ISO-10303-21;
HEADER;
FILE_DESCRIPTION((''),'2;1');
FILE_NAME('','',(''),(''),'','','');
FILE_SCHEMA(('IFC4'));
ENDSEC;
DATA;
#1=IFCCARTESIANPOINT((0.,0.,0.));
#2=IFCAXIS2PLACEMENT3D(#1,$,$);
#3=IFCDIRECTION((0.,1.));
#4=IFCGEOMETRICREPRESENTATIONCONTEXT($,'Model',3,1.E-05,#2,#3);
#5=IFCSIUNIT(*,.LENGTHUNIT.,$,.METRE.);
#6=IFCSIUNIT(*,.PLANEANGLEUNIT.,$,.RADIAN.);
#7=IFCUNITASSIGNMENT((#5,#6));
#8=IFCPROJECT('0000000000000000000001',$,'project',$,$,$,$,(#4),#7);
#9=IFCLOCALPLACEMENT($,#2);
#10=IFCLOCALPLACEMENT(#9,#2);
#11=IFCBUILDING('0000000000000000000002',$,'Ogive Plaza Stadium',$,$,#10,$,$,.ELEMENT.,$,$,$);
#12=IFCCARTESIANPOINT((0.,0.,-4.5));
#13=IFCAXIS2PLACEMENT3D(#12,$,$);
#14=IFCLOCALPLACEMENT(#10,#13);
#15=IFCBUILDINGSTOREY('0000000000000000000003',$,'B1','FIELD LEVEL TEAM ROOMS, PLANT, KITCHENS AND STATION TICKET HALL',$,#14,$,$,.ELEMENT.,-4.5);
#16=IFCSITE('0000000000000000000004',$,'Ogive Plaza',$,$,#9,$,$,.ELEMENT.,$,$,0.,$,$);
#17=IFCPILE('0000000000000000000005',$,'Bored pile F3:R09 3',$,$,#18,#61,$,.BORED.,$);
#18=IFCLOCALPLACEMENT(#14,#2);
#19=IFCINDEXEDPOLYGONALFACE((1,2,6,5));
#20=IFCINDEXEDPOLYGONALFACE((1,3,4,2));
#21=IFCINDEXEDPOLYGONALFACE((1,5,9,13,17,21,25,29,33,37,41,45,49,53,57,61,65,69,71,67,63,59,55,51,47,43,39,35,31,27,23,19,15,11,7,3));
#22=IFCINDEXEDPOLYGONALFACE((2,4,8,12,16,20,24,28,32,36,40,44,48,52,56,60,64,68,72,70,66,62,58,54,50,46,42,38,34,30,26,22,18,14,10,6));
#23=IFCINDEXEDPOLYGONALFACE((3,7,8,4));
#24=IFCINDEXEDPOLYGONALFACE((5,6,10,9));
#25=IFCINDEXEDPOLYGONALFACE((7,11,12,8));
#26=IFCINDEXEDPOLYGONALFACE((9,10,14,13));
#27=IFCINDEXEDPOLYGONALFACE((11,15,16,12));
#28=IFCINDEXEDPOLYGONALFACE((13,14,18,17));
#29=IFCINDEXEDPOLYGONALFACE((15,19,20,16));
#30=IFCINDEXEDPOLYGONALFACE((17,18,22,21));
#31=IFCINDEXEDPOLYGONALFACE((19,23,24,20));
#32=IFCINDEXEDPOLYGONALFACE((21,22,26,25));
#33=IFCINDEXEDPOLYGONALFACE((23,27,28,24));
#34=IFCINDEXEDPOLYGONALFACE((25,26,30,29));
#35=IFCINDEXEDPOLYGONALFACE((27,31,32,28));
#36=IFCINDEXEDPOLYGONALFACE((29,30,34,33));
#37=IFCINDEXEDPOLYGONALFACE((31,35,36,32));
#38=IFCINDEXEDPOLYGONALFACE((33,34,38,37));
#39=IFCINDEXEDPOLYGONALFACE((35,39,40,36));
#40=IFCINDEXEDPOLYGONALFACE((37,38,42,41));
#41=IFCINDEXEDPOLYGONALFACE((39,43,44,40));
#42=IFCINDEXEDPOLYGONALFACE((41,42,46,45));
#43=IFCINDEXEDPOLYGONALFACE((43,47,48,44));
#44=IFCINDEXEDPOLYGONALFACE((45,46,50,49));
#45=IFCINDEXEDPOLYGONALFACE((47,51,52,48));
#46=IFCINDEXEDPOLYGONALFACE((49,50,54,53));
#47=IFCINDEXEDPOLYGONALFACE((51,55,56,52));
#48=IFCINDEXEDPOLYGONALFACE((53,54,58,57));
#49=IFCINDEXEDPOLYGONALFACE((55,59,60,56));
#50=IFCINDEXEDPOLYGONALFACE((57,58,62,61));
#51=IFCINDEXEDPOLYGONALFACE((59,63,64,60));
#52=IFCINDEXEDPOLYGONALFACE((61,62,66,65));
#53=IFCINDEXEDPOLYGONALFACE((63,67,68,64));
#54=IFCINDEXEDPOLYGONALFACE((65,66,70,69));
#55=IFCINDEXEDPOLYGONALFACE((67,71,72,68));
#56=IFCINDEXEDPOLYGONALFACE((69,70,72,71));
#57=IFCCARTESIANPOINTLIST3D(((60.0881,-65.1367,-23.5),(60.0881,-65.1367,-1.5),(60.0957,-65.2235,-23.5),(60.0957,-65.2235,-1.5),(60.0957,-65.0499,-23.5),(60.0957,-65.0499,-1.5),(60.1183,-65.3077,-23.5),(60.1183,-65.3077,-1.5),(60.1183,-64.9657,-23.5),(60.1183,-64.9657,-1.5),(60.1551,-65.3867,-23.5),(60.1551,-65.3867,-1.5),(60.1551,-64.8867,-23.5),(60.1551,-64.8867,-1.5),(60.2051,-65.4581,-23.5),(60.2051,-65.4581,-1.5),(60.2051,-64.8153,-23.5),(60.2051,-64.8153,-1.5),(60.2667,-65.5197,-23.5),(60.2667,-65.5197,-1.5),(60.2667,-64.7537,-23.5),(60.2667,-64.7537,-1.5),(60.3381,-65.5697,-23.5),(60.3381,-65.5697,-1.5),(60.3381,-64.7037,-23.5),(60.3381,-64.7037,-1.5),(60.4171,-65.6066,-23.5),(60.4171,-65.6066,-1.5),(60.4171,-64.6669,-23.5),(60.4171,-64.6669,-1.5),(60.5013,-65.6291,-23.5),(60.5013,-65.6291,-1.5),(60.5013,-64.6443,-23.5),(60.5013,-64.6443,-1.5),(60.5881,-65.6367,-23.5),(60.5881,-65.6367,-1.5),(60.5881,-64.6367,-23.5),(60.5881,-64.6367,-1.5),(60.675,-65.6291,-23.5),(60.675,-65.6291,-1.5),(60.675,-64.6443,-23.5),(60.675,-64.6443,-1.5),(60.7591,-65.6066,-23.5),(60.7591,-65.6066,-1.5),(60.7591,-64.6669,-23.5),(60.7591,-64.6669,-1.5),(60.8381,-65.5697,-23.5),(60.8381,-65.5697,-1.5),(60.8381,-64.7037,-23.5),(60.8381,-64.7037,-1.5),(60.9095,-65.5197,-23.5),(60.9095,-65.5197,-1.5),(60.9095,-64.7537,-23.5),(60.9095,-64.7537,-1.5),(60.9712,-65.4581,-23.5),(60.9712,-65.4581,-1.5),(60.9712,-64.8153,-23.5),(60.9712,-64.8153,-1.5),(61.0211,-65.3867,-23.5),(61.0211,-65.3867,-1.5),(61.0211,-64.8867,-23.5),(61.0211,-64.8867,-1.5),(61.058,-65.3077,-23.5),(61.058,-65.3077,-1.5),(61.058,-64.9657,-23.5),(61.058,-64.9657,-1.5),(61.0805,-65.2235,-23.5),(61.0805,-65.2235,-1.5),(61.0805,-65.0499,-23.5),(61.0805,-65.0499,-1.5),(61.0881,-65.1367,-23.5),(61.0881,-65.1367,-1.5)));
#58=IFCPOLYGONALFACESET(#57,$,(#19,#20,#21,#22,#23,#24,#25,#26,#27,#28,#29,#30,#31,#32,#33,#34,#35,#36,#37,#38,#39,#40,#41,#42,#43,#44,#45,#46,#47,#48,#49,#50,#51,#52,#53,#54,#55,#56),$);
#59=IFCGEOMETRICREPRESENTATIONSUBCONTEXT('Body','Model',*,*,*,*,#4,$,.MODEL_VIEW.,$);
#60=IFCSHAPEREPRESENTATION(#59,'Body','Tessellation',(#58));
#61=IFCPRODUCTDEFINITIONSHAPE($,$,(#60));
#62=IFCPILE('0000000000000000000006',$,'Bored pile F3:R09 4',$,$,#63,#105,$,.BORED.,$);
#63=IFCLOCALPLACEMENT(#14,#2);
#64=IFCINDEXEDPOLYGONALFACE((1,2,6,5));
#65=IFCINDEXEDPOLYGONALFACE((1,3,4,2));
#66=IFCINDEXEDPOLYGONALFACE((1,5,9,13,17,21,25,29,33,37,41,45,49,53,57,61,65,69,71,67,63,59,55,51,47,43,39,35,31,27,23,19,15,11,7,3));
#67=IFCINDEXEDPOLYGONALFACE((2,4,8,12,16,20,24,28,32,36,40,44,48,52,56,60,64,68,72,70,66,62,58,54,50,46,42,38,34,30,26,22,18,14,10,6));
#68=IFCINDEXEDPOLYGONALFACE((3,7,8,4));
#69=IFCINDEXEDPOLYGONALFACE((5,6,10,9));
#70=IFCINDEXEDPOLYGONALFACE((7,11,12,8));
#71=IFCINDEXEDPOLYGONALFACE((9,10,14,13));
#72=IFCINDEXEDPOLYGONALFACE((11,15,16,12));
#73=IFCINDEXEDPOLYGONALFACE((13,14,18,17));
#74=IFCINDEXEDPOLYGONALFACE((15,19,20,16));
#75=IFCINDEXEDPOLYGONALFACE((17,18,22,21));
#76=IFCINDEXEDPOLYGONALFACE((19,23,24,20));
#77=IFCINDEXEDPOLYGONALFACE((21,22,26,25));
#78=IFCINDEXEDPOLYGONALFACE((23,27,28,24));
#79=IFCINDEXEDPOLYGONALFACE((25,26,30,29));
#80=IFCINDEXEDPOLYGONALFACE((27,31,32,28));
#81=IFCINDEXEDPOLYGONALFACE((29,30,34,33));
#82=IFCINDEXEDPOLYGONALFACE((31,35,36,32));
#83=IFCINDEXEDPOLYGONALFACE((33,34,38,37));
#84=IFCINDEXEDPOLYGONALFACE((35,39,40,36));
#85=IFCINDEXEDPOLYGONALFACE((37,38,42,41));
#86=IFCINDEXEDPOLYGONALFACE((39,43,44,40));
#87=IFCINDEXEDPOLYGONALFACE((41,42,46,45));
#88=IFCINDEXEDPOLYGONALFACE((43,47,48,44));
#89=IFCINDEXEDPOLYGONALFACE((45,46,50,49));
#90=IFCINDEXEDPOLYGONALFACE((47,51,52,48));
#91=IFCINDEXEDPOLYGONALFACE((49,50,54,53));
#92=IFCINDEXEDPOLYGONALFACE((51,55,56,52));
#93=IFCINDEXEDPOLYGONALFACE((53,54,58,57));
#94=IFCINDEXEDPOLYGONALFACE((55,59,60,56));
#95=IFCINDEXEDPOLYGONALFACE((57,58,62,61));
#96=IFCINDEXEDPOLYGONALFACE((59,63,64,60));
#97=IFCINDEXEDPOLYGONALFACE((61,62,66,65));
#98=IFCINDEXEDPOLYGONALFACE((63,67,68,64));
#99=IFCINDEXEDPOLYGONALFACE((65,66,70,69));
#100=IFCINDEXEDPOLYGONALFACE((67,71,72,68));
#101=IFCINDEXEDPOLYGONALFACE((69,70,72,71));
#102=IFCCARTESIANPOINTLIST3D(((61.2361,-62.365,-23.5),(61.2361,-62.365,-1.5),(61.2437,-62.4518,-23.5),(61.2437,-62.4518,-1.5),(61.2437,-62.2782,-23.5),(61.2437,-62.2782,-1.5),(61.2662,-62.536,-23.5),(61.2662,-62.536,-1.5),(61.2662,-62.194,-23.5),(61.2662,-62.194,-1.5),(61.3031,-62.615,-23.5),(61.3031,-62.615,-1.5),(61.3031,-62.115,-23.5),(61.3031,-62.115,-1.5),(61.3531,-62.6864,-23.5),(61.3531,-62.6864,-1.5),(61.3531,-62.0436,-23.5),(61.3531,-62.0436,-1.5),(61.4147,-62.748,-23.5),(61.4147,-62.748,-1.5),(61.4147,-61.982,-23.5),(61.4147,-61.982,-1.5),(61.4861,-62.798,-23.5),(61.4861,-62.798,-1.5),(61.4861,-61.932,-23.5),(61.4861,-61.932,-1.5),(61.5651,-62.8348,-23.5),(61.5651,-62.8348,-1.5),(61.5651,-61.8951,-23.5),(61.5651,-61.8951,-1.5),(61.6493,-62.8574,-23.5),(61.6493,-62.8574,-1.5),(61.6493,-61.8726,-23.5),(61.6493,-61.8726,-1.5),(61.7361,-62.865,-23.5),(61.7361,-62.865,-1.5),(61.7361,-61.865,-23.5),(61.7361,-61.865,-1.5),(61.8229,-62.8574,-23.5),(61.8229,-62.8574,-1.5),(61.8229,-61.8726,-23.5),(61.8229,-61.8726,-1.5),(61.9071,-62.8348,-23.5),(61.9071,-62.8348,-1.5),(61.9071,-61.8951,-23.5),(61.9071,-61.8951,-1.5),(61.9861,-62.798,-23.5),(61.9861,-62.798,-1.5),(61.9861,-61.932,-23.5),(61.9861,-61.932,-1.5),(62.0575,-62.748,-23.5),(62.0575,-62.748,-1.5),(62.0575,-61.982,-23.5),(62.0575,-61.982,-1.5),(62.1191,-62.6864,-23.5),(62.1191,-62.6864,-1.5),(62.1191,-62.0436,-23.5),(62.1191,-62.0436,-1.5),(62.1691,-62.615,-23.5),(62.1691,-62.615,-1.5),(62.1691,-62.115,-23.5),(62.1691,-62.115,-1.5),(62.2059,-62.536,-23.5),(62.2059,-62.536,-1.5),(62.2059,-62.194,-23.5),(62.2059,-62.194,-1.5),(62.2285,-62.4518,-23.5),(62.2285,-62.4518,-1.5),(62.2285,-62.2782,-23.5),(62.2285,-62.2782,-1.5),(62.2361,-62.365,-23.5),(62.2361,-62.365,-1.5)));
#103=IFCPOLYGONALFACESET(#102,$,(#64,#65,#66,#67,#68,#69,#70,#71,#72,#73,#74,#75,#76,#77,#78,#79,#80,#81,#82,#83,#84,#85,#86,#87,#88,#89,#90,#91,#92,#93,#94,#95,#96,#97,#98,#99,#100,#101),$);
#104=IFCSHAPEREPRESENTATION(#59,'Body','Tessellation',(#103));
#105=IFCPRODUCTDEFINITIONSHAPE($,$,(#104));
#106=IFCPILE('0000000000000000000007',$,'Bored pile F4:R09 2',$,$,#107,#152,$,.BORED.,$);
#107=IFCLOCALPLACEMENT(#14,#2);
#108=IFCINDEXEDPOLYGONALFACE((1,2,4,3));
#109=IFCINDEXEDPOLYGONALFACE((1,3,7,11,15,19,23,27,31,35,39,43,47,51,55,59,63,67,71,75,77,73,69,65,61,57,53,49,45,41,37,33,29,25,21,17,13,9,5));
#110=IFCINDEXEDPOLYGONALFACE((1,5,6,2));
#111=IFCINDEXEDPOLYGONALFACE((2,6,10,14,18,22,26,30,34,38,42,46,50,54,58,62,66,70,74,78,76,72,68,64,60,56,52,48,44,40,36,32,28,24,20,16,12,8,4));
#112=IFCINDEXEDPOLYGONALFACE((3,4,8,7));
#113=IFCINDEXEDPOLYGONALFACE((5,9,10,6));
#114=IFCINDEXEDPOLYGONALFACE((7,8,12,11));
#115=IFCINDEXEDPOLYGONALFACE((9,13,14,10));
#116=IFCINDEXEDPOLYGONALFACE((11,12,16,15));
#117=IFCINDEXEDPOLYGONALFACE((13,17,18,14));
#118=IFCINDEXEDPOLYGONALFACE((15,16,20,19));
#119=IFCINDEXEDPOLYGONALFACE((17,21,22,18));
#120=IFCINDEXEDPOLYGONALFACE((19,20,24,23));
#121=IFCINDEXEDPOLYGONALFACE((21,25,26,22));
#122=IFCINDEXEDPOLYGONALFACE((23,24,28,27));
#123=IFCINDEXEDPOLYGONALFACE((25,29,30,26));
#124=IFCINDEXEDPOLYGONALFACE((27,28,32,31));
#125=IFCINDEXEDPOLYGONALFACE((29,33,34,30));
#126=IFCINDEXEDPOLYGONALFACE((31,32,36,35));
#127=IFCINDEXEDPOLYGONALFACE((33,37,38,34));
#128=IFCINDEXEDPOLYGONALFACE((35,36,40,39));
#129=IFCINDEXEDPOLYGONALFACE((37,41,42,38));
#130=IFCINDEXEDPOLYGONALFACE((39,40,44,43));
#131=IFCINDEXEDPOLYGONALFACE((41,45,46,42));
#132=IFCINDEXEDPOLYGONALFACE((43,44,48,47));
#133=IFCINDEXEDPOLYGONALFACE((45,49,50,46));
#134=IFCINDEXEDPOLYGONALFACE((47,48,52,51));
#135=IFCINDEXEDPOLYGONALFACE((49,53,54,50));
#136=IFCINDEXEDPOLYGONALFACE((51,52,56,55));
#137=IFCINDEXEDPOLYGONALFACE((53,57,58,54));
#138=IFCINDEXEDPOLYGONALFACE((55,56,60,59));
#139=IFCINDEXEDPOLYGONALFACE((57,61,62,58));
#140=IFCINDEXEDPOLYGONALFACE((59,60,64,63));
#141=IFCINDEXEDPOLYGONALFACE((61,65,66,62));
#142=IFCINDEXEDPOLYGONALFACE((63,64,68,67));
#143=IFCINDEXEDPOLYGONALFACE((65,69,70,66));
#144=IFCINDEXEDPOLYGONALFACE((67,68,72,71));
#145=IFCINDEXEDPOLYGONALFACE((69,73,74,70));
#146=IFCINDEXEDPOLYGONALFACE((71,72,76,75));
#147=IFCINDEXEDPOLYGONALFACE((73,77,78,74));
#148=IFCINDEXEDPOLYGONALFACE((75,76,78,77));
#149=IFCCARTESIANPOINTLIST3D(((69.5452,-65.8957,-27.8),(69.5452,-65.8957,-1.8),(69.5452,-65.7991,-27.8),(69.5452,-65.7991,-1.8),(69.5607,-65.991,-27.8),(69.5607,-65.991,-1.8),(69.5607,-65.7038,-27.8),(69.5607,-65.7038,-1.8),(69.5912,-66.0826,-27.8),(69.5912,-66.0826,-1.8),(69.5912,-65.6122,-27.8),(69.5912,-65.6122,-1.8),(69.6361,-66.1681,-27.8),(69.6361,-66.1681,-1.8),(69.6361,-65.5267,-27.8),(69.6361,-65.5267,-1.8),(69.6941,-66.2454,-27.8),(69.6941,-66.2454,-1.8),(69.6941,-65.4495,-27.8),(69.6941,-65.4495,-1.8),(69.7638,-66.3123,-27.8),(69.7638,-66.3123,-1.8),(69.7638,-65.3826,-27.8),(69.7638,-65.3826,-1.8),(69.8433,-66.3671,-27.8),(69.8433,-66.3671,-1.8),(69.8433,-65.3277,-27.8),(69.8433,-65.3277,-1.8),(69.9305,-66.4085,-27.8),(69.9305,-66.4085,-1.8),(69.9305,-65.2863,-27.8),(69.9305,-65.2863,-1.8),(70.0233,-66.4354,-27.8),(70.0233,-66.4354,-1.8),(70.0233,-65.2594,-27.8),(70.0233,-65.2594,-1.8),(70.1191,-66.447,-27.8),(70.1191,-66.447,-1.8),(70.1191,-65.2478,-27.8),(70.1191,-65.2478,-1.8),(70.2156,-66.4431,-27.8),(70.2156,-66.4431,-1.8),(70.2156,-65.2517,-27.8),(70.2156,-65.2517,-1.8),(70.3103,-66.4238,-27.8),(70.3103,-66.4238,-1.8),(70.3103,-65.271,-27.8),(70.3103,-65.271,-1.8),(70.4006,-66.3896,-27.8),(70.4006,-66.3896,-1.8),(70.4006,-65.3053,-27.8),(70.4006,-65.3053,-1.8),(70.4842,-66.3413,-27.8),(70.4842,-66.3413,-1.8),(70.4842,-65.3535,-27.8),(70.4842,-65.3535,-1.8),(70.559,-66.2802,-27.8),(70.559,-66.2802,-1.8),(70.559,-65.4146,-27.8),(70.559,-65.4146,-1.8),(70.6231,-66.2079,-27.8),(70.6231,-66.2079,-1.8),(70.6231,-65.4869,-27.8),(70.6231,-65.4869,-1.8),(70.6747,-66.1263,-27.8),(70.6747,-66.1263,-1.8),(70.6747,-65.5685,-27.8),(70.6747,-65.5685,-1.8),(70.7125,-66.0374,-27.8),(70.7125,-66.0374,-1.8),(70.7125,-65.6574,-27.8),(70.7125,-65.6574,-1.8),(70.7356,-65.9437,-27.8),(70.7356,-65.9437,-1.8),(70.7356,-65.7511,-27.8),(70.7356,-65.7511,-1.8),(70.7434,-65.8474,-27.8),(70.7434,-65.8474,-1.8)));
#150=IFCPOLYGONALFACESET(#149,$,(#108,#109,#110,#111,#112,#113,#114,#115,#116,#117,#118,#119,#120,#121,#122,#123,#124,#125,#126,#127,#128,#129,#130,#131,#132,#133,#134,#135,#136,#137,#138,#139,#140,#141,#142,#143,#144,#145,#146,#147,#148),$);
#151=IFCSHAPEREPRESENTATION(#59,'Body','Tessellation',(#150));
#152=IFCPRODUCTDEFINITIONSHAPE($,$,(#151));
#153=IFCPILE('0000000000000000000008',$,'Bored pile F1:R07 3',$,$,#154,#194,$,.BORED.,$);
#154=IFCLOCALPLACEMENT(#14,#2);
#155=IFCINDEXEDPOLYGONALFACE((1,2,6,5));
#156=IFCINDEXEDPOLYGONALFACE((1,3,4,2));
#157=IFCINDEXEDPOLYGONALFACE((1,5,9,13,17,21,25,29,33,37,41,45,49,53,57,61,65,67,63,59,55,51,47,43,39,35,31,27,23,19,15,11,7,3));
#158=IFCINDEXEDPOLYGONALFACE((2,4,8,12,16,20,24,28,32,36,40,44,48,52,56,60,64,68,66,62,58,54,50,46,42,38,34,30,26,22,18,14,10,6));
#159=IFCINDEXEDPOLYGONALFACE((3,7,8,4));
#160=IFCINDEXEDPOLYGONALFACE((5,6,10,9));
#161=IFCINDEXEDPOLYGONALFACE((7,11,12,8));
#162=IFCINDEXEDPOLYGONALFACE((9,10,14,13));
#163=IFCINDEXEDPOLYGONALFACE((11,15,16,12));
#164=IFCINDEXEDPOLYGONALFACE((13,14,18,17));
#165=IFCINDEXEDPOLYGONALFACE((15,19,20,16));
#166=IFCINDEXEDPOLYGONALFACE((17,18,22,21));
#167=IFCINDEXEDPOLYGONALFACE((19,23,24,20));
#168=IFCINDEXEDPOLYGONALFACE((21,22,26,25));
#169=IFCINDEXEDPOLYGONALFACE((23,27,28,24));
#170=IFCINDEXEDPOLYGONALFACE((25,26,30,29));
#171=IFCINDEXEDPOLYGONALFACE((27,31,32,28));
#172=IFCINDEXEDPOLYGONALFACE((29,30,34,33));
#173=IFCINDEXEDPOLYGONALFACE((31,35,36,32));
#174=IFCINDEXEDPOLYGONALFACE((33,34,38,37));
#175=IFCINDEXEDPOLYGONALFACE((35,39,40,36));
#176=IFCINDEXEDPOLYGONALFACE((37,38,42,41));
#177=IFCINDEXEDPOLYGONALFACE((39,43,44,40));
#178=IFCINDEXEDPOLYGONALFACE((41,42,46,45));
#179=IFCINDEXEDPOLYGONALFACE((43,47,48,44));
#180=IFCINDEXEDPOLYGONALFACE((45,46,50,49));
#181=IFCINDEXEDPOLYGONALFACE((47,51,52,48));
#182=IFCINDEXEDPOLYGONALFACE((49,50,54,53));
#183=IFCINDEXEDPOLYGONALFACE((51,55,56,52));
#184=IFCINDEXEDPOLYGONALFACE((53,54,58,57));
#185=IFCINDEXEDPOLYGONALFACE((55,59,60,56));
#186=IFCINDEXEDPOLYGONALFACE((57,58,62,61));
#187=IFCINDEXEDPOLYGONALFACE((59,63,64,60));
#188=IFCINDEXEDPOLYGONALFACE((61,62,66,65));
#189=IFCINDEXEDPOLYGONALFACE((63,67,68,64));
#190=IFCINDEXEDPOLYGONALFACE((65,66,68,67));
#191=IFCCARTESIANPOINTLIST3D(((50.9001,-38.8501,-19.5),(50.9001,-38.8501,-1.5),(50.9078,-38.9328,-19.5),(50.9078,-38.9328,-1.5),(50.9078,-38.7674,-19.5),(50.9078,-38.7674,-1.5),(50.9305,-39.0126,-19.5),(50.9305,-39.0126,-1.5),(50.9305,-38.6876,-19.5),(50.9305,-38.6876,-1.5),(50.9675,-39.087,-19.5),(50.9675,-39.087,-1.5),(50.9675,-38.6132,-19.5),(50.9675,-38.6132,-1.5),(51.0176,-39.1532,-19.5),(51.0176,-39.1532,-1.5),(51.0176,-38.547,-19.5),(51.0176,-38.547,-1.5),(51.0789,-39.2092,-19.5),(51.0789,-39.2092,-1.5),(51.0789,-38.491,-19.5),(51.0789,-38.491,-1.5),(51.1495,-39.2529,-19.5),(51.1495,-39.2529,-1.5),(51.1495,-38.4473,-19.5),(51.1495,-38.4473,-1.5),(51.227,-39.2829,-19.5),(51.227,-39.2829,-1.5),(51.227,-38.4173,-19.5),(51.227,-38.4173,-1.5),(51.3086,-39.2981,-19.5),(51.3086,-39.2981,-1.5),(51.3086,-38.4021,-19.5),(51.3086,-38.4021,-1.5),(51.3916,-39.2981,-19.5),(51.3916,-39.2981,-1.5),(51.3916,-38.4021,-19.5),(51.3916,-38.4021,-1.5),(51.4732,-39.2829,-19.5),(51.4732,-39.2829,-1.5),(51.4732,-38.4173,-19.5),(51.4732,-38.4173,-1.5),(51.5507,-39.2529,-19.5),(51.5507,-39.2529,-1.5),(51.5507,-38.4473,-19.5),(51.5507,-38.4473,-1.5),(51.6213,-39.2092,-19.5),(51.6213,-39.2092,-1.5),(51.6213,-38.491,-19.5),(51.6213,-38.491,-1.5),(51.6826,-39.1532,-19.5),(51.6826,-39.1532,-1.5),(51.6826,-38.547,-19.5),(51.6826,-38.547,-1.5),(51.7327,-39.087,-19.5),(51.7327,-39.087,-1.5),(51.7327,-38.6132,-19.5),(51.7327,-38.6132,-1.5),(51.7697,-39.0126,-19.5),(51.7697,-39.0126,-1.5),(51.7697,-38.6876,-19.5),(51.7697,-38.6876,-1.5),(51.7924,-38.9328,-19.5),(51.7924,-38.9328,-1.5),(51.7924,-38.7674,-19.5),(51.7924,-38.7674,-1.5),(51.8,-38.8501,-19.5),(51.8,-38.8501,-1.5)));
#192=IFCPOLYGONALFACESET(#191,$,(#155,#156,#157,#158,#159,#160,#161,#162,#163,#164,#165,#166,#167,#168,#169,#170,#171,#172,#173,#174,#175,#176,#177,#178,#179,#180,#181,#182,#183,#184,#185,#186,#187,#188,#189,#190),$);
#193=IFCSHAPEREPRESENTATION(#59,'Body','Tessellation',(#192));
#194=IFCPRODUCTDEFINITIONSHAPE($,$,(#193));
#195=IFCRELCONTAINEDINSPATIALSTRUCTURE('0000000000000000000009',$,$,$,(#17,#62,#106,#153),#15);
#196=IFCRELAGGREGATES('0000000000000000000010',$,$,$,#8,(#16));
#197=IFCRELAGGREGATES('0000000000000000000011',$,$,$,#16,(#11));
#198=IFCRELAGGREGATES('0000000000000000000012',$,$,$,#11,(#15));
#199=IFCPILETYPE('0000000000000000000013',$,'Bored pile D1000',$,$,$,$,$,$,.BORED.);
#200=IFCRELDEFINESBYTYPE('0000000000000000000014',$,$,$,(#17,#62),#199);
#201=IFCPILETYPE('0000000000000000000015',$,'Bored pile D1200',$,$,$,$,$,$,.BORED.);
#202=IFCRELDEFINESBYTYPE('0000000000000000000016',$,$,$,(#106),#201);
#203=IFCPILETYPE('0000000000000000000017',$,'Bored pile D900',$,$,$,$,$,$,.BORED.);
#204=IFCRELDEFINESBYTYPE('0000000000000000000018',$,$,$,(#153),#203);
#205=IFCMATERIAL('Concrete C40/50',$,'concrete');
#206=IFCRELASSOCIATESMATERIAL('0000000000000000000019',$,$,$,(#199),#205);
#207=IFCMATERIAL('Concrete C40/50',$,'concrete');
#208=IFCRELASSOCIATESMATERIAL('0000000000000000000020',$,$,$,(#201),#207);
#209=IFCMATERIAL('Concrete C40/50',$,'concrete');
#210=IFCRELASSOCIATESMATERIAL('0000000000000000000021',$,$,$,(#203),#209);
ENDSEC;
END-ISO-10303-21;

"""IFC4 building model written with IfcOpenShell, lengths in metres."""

from ifc_helpers import new_model, si_unit, direction, frame, origin, origin_2d, place, context, subcontext, project, spatial, circle, extrude, material, material_profile, profile_set, type_object, element, save


model = new_model("IFC4")

# Units and contexts
model_context = context("Model", 3, precision=1e-05, world=origin(), true_north=direction((0.0, 1.0)))
body_context = subcontext(model_context, "Body", "Model", "MODEL_VIEW")
ifc_project = project(units=[si_unit("LENGTHUNIT", "METRE"), si_unit("PLANEANGLEUNIT", "RADIAN")], contexts=[model_context])

# Site, building, storey
site_placement = place(None, origin())
site = spatial("IfcSite", under=ifc_project, at=site_placement, Name="Ogive Plaza", CompositionType="ELEMENT", RefElevation=0.0)
building_placement = place(site_placement, origin())
building = spatial("IfcBuilding", under=site, at=building_placement, Name="Ogive Plaza Stadium", CompositionType="ELEMENT")
storey_placement = place(building_placement, frame((0.0, 0.0, -4.5)))
storey = spatial("IfcBuildingStorey", under=building, at=storey_placement, Name="B1", Description="FIELD LEVEL TEAM ROOMS, PLANT, KITCHENS AND STATION TICKET HALL", CompositionType="ELEMENT", Elevation=-4.5)

# Piles
ifc_material_1 = material(Name="Concrete C40/50", Category="concrete")
ifc_material_profile_1 = material_profile(ifc_material_1, circle(Radius=0.5, at=origin_2d()), Name="RC D1000")
ifc_profile_set_1 = profile_set([ifc_material_profile_1], Name="Concrete C40/50")
pile_type_1 = type_object("IfcPileType", Name="Bored pile D1000", PredefinedType="BORED", material=ifc_profile_set_1)
for number, where, z_axis, x_axis, name in (
    (1, (60.5881, -65.1367, -1.5), (0.0, 0.0, -1.0), (1.0, 0.0, 0.0), "Bored pile F3:R09 3"),
    (2, (61.7361, -62.365, -1.5), (0.0, 0.0, -1.0), (1.0, 0.0, 0.0), "Bored pile F3:R09 4"),
):
    element("IfcPile", number, at=place(storey_placement, frame(where, z_axis=z_axis, x_axis=x_axis)), inside=storey, type_object=pile_type_1, Name=name, PredefinedType="BORED", context=body_context, shape_type="SweptSolid", body=[
        extrude(circle(Radius=0.5, at=origin_2d()), origin(), (0.0, 0.0, 1.0), 22.0),
    ])
ifc_material_2 = material(Name="Concrete C40/50", Category="concrete")
ifc_material_profile_2 = material_profile(ifc_material_2, circle(Radius=0.6001, at=origin_2d()), Name="RC D1200")
ifc_profile_set_2 = profile_set([ifc_material_profile_2], Name="Concrete C40/50")
pile_type_2 = type_object("IfcPileType", Name="Bored pile D1200", PredefinedType="BORED", material=ifc_profile_set_2)
pile_placement = place(storey_placement, frame((70.1433, -65.8474, -1.8), z_axis=(0.0, 0.0, -1.0), x_axis=(1.0, 0.0, 0.0)))
element("IfcPile", 3, at=pile_placement, inside=storey, type_object=pile_type_2, Name="Bored pile F4:R09 2", PredefinedType="BORED", context=body_context, shape_type="SweptSolid", body=[
    extrude(circle(Radius=0.6001, at=origin_2d()), origin(), (0.0, 0.0, 1.0), 26.0),
])
ifc_material_3 = material(Name="Concrete C40/50", Category="concrete")
ifc_material_profile_3 = material_profile(ifc_material_3, circle(Radius=0.45, at=origin_2d()), Name="RC D900")
ifc_profile_set_3 = profile_set([ifc_material_profile_3], Name="Concrete C40/50")
pile_type_3 = type_object("IfcPileType", Name="Bored pile D900", PredefinedType="BORED", material=ifc_profile_set_3)
for number, where, z_axis, x_axis, name in (
    (4, (51.3501, -38.8501, -1.5), (0.0, 0.0, -1.0), (1.0, 0.0, 0.0), "Bored pile F1:R07 3"),
):
    element("IfcPile", number, at=place(storey_placement, frame(where, z_axis=z_axis, x_axis=x_axis)), inside=storey, type_object=pile_type_3, Name=name, PredefinedType="BORED", context=body_context, shape_type="SweptSolid", body=[
        extrude(circle(Radius=0.45, at=origin_2d()), origin(), (0.0, 0.0, 1.0), 18.0),
    ])

save(model, "model.ifc")
